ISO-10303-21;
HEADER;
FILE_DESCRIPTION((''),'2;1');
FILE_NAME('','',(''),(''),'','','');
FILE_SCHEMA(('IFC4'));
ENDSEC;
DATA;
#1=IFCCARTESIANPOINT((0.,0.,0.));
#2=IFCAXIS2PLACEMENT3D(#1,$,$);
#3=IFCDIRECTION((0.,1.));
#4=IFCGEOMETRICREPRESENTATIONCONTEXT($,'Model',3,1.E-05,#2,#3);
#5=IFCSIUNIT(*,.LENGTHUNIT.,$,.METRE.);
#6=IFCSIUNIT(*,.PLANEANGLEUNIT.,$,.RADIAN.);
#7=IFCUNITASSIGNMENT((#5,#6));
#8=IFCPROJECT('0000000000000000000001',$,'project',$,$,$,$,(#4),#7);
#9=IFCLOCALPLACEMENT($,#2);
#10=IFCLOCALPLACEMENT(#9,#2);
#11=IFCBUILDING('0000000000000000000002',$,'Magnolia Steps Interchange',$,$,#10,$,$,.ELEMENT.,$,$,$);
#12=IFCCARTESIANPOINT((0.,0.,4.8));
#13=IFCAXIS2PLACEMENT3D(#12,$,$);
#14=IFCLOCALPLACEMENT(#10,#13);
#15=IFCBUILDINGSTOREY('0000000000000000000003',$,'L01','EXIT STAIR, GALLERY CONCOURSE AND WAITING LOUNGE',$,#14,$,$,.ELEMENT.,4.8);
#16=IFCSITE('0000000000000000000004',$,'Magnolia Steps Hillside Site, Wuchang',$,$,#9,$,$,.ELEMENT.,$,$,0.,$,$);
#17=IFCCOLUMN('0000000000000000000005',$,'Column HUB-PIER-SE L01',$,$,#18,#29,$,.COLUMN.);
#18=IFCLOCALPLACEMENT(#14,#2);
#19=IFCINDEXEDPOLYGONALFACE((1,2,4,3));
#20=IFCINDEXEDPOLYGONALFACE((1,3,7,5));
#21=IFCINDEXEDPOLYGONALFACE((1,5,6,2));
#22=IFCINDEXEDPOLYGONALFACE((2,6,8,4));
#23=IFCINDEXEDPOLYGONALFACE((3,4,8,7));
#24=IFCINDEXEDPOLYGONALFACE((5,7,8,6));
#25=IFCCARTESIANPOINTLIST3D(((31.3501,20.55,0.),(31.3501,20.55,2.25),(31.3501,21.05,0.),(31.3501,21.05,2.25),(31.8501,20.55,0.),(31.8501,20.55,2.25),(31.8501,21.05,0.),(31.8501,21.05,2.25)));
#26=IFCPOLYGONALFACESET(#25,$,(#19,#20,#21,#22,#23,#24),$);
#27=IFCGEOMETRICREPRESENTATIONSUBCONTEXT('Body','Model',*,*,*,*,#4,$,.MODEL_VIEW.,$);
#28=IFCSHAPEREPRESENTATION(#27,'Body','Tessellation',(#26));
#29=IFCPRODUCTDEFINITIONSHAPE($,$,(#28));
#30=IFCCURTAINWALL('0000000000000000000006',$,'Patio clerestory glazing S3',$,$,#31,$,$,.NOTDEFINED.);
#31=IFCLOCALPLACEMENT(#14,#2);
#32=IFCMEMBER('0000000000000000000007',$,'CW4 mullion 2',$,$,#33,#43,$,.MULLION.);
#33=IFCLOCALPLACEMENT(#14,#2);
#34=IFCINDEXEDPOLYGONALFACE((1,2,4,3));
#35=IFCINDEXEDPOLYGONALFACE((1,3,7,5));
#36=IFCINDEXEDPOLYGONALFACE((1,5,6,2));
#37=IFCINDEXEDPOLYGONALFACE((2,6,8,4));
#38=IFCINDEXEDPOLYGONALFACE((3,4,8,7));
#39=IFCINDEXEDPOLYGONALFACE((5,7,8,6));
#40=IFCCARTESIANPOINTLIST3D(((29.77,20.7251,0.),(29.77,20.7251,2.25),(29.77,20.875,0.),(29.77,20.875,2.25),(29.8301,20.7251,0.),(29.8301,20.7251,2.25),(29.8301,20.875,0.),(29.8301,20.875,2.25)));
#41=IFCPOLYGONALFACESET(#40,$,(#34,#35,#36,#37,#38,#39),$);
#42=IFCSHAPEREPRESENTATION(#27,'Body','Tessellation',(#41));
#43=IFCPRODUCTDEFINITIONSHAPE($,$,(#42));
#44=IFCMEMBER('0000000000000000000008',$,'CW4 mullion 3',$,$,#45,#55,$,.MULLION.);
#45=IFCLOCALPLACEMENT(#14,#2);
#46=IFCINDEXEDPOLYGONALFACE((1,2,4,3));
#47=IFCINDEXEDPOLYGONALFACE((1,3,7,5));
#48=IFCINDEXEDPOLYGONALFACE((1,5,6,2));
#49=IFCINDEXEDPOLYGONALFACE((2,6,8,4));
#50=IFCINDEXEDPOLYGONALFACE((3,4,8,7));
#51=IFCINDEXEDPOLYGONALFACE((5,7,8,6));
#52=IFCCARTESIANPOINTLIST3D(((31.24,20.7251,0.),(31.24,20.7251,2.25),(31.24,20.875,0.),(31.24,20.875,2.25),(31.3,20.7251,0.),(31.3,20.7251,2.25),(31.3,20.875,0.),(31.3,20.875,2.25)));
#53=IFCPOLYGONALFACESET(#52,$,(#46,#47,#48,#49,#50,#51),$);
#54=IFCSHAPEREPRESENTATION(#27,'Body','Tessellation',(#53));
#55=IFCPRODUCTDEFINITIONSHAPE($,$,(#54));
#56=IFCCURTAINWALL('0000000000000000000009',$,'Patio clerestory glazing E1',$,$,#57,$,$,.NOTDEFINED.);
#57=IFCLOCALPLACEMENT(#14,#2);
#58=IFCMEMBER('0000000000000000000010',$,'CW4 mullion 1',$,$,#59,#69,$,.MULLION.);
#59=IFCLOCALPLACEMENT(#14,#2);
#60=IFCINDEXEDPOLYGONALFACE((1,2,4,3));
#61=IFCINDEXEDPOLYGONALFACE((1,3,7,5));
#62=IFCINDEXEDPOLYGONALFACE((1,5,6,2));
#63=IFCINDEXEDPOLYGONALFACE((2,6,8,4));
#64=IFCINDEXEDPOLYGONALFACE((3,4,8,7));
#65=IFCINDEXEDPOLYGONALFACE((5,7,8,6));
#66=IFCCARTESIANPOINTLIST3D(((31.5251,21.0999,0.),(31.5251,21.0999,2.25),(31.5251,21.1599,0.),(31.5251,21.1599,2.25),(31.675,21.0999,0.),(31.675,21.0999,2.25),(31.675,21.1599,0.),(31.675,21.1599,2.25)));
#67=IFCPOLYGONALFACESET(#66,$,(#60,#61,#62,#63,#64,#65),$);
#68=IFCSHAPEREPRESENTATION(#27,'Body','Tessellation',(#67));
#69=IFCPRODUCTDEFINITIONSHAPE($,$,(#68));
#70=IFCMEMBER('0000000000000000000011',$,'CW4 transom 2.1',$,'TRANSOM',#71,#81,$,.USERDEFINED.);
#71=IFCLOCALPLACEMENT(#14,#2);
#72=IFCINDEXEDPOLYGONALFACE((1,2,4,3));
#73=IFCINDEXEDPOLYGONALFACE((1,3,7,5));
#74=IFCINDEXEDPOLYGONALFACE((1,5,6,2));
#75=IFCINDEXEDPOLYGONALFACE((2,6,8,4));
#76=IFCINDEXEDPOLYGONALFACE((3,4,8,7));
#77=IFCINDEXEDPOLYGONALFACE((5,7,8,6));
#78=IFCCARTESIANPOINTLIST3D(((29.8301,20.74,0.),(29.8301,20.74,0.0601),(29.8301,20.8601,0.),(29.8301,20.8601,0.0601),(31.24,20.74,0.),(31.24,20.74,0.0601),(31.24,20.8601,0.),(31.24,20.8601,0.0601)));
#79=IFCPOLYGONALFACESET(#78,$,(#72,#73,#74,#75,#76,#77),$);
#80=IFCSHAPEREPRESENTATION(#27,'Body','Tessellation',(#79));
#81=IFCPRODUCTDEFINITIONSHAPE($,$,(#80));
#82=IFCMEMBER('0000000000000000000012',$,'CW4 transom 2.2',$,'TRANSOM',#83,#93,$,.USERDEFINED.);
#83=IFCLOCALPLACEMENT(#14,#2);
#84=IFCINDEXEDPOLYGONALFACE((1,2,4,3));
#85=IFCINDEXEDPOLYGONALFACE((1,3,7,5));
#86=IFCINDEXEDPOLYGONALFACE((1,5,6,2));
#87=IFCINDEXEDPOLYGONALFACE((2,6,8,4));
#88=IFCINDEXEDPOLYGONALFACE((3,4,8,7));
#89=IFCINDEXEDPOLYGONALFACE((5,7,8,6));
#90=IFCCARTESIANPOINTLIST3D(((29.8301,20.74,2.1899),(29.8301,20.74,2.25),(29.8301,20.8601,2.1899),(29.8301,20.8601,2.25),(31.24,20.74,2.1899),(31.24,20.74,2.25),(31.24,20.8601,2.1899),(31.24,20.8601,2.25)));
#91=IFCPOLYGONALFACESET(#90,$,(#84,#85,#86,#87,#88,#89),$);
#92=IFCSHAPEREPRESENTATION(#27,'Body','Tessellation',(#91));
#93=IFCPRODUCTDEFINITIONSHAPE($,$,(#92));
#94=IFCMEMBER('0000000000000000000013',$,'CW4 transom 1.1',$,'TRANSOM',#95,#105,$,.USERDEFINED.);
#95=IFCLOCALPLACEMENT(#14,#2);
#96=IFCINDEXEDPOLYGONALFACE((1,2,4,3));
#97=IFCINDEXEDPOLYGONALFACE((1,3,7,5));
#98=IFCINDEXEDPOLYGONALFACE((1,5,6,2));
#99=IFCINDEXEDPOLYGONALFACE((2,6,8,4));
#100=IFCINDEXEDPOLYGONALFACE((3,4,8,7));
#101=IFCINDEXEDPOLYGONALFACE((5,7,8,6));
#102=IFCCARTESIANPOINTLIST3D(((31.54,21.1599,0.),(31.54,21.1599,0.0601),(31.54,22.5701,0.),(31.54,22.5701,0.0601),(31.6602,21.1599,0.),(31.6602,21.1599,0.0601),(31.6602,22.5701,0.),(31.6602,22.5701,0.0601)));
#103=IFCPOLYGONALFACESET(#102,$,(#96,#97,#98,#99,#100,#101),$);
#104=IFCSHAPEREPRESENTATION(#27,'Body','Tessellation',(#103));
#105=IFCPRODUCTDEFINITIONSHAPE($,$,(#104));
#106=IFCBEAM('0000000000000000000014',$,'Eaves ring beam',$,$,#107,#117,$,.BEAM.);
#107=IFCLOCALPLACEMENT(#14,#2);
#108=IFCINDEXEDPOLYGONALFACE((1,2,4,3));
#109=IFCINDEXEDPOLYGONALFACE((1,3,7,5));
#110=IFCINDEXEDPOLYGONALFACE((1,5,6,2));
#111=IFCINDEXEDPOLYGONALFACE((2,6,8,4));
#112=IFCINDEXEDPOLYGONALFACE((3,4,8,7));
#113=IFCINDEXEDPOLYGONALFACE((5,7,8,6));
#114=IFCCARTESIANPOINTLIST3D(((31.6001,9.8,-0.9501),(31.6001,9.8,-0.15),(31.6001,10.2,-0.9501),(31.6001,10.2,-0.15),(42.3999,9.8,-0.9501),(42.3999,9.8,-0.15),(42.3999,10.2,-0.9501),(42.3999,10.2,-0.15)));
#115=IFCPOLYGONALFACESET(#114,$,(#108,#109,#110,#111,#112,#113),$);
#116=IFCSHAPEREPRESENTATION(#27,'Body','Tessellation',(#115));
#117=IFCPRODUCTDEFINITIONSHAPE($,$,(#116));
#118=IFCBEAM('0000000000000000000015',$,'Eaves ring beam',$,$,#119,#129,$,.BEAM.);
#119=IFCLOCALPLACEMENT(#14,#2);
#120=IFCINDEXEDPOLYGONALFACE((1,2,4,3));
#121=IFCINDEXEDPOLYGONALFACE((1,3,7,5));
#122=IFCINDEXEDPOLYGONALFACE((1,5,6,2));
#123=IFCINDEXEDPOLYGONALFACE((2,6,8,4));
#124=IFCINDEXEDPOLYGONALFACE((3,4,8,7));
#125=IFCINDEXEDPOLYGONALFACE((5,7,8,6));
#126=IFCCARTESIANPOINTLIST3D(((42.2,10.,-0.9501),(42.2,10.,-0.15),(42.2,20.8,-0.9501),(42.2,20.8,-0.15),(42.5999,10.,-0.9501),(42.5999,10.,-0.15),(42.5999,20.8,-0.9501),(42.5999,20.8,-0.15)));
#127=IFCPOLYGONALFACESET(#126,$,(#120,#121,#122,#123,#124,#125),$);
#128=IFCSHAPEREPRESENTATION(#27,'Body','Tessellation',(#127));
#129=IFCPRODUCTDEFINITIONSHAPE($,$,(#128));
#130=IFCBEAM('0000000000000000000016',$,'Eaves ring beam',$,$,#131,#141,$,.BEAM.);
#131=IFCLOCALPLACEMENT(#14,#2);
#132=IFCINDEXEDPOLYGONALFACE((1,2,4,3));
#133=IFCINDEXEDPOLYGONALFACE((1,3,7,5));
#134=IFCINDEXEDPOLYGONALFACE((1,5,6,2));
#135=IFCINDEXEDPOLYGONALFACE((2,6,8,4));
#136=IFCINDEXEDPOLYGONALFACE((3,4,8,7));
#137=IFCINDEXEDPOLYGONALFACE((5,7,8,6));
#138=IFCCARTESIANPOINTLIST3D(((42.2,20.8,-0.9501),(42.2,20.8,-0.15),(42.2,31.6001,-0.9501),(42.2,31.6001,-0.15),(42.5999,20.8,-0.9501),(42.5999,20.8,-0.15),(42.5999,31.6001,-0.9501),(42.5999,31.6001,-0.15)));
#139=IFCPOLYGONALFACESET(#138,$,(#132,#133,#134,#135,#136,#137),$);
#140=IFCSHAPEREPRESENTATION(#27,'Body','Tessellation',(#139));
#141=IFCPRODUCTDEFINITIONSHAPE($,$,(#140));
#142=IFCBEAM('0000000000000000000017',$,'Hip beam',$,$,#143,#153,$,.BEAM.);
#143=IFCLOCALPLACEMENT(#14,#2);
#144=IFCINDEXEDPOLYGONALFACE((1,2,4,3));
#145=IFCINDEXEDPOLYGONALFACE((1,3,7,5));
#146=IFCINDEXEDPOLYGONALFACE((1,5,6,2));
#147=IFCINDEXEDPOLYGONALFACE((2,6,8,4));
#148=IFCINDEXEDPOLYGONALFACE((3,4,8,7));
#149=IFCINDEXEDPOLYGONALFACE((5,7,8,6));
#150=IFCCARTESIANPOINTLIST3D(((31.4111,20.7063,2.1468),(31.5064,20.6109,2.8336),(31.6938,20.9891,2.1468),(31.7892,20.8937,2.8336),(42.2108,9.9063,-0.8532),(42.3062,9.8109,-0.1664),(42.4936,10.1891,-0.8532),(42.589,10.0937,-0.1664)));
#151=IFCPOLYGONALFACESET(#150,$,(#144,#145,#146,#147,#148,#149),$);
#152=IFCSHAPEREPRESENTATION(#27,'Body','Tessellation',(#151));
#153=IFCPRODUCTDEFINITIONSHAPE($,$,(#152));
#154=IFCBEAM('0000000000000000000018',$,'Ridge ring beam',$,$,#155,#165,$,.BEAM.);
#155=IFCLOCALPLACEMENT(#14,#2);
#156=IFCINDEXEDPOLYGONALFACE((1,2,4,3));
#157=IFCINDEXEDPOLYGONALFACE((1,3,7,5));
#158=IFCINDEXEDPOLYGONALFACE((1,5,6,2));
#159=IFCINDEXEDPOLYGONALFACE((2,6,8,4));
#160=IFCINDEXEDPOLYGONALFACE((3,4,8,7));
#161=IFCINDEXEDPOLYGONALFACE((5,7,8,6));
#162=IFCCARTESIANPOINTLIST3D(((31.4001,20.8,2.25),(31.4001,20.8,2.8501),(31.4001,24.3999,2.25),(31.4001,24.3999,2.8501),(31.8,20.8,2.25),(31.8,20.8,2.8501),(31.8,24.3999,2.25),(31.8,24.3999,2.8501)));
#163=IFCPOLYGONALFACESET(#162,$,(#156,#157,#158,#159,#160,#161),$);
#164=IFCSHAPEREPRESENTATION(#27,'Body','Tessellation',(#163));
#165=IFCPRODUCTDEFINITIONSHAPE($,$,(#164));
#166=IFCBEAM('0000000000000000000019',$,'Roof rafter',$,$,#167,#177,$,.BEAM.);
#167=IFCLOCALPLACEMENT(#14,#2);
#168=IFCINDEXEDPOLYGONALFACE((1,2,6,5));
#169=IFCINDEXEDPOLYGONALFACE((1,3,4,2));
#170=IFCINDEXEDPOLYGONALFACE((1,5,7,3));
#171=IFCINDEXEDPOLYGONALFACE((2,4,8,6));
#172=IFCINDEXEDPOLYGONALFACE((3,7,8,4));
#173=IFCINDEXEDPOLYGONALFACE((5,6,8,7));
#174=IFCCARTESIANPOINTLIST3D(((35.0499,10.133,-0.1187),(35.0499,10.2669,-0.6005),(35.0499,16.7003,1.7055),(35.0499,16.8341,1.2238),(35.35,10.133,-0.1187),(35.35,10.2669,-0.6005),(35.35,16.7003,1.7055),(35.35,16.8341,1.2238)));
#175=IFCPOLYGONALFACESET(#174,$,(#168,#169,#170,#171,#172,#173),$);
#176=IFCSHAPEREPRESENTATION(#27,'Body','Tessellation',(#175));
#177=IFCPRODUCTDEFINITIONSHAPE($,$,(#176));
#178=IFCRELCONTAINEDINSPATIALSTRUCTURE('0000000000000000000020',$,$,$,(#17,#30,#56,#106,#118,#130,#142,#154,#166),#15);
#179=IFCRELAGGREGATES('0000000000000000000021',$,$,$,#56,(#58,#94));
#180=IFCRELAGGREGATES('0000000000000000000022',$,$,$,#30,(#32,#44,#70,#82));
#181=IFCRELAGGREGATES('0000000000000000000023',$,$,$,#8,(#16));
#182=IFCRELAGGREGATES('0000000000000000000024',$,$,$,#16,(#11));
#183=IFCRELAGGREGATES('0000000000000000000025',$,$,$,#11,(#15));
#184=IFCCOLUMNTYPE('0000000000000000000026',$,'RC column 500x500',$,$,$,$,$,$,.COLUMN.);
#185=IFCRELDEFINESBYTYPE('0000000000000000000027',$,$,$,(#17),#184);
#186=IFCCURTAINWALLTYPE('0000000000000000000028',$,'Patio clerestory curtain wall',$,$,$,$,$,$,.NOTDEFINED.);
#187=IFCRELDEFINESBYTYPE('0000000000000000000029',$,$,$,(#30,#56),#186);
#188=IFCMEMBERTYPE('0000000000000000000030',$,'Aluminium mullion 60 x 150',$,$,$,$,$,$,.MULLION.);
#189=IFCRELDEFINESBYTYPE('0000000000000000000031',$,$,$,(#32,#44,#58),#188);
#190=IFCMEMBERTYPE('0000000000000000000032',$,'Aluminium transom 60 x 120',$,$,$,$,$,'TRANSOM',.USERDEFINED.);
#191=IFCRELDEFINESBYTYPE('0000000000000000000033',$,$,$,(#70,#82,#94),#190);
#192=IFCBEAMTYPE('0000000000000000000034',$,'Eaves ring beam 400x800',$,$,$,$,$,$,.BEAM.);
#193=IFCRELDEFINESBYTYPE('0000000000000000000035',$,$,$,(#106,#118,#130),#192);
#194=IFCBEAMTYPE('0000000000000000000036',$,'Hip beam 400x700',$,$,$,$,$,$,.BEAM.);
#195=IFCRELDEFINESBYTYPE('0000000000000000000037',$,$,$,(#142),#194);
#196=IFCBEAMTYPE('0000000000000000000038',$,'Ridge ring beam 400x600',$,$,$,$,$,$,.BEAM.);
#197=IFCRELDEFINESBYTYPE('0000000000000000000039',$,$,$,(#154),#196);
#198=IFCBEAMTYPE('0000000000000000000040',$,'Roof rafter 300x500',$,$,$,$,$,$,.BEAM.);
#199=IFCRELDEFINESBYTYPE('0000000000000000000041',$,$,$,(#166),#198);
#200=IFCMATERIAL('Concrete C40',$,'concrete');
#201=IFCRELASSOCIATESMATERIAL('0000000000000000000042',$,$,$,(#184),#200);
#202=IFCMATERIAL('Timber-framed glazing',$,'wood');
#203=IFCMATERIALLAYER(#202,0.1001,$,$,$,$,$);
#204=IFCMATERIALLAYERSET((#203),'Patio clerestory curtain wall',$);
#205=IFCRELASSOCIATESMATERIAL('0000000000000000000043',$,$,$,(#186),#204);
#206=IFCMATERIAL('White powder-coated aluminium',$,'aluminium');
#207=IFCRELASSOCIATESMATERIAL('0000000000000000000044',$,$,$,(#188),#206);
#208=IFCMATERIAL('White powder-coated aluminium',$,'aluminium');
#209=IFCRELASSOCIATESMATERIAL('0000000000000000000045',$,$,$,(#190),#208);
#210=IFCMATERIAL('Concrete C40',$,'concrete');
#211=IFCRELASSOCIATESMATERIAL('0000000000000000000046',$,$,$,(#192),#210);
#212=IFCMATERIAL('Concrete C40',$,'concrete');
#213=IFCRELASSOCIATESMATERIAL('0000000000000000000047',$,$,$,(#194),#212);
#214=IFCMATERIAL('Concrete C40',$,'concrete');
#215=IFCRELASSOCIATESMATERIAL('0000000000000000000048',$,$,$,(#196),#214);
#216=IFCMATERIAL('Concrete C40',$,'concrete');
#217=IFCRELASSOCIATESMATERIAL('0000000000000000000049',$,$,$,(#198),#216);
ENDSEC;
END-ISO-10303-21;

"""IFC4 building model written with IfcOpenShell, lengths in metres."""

from ifc_helpers import new_model, si_unit, direction, frame, origin, origin_2d, place, context, subcontext, project, spatial, rectangle, extrude, material, layer, layer_set, material_profile, profile_set, type_object, element, aggregate, save


model = new_model("IFC4")

# Units and contexts
model_context = context("Model", 3, precision=1e-05, world=origin(), true_north=direction((0.0, 1.0)))
body_context = subcontext(model_context, "Body", "Model", "MODEL_VIEW")
ifc_project = project(units=[si_unit("LENGTHUNIT", "METRE"), si_unit("PLANEANGLEUNIT", "RADIAN")], contexts=[model_context])

# Site, building, storey
site_placement = place(None, origin())
site = spatial("IfcSite", under=ifc_project, at=site_placement, Name="Magnolia Steps Hillside Site, Wuchang", CompositionType="ELEMENT", RefElevation=0.0)
building_placement = place(site_placement, origin())
building = spatial("IfcBuilding", under=site, at=building_placement, Name="Magnolia Steps Interchange", CompositionType="ELEMENT")
storey_placement = place(building_placement, frame((0.0, 0.0, 4.8)))
storey = spatial("IfcBuildingStorey", under=building, at=storey_placement, Name="L01", Description="EXIT STAIR, GALLERY CONCOURSE AND WAITING LOUNGE", CompositionType="ELEMENT", Elevation=4.8)

# Column
ifc_material_1 = material(Name="Concrete C40", Category="concrete")
ifc_material_profile_1 = material_profile(ifc_material_1, rectangle(XDim=0.5, YDim=0.5, at=origin_2d()), Name="RC500x500")
ifc_profile_set_1 = profile_set([ifc_material_profile_1], Name="Concrete C40")
column_type = type_object("IfcColumnType", Name="RC column 500x500", PredefinedType="COLUMN", material=ifc_profile_set_1)
column_placement = place(storey_placement, frame((31.6001, 20.8, 0.0), z_axis=(0.0, 0.0, 1.0), x_axis=(1.0, 0.0, 0.0)))
element("IfcColumn", 1, at=column_placement, inside=storey, type_object=column_type, Name="Column HUB-PIER-SE L01", PredefinedType="COLUMN", context=body_context, shape_type="SweptSolid", body=[
    extrude(rectangle(XDim=0.5, YDim=0.5, at=origin_2d()), origin(), (0.0, 0.0, 1.0), 2.25),
])

# Curtain wall, members
ifc_material_2 = material(Name="Timber-framed glazing", Category="wood")
ifc_layer_1 = layer(ifc_material_2, 0.1001)
ifc_layer_set_1 = layer_set([ifc_layer_1], Name="Patio clerestory curtain wall")
curtain_wall_type = type_object("IfcCurtainWallType", Name="Patio clerestory curtain wall", PredefinedType="NOTDEFINED", material=ifc_layer_set_1)
curtain_wall_1_placement = place(storey_placement, origin())
curtain_wall_1 = element("IfcCurtainWall", 2, at=curtain_wall_1_placement, inside=storey, type_object=curtain_wall_type, Name="Patio clerestory glazing S3", PredefinedType="NOTDEFINED")
ifc_material_3 = material(Name="White powder-coated aluminium", Category="aluminium")
ifc_material_profile_2 = material_profile(ifc_material_3, rectangle(XDim=0.0601, YDim=0.1499, at=origin_2d()), Name="Aluminium mullion 60 x 150")
ifc_profile_set_2 = profile_set([ifc_material_profile_2], Name="White powder-coated aluminium")
member_type_1 = type_object("IfcMemberType", Name="Aluminium mullion 60 x 150", PredefinedType="MULLION", material=ifc_profile_set_2)
member_1_placement = place(storey_placement, frame((29.8, 20.8, 0.0), z_axis=(0.0, 0.0, 1.0), x_axis=(1.0, 0.0, 0.0)))
member_1 = element("IfcMember", 3, at=member_1_placement, type_object=member_type_1, Name="CW4 mullion 2", PredefinedType="MULLION", context=body_context, shape_type="SweptSolid", body=[
    extrude(rectangle(XDim=0.0601, YDim=0.1499, at=origin_2d()), origin(), (0.0, 0.0, 1.0), 2.25),
])
member_2_placement = place(storey_placement, frame((31.27, 20.8, 0.0), z_axis=(0.0, 0.0, 1.0), x_axis=(1.0, 0.0, 0.0)))
member_2 = element("IfcMember", 4, at=member_2_placement, type_object=member_type_1, Name="CW4 mullion 3", PredefinedType="MULLION", context=body_context, shape_type="SweptSolid", body=[
    extrude(rectangle(XDim=0.0601, YDim=0.1499, at=origin_2d()), origin(), (0.0, 0.0, 1.0), 2.25),
])

# Curtain wall, member
curtain_wall_2_placement = place(storey_placement, origin())
curtain_wall_2 = element("IfcCurtainWall", 5, at=curtain_wall_2_placement, inside=storey, type_object=curtain_wall_type, Name="Patio clerestory glazing E1", PredefinedType="NOTDEFINED")
member_3_placement = place(storey_placement, frame((31.6001, 21.1299, 0.0), z_axis=(0.0, 0.0, 1.0), x_axis=(0.0, 1.0, 0.0)))
member_3 = element("IfcMember", 6, at=member_3_placement, type_object=member_type_1, Name="CW4 mullion 1", PredefinedType="MULLION", context=body_context, shape_type="SweptSolid", body=[
    extrude(rectangle(XDim=0.0601, YDim=0.1499, at=origin_2d()), origin(), (0.0, 0.0, 1.0), 2.25),
])

# Members
ifc_material_4 = material(Name="White powder-coated aluminium", Category="aluminium")
ifc_material_profile_3 = material_profile(ifc_material_4, rectangle(XDim=0.0601, YDim=0.1201, at=origin_2d()), Name="Aluminium transom 60 x 120")
ifc_profile_set_3 = profile_set([ifc_material_profile_3], Name="White powder-coated aluminium")
member_type_2 = type_object("IfcMemberType", Name="Aluminium transom 60 x 120", ElementType="TRANSOM", PredefinedType="USERDEFINED", material=ifc_profile_set_3)
member_4_placement = place(storey_placement, frame((29.8301, 20.8, 0.03), z_axis=(1.0, 0.0, 0.0), x_axis=(0.0, 0.0, 1.0)))
member_4 = element("IfcMember", 7, at=member_4_placement, type_object=member_type_2, Name="CW4 transom 2.1", ObjectType="TRANSOM", PredefinedType="USERDEFINED", context=body_context, shape_type="SweptSolid", body=[
    extrude(rectangle(XDim=0.0601, YDim=0.1201, at=origin_2d()), origin(), (0.0, 0.0, 1.0), 1.4099),
])
member_5_placement = place(storey_placement, frame((29.8301, 20.8, 2.22), z_axis=(1.0, 0.0, 0.0), x_axis=(0.0, 0.0, 1.0)))
member_5 = element("IfcMember", 8, at=member_5_placement, type_object=member_type_2, Name="CW4 transom 2.2", ObjectType="TRANSOM", PredefinedType="USERDEFINED", context=body_context, shape_type="SweptSolid", body=[
    extrude(rectangle(XDim=0.0601, YDim=0.1201, at=origin_2d()), origin(), (0.0, 0.0, 1.0), 1.4099),
])
member_6_placement = place(storey_placement, frame((31.6001, 21.1599, 0.03), z_axis=(0.0, 1.0, 0.0), x_axis=(0.0, 0.0, 1.0)))
member_6 = element("IfcMember", 9, at=member_6_placement, type_object=member_type_2, Name="CW4 transom 1.1", ObjectType="TRANSOM", PredefinedType="USERDEFINED", context=body_context, shape_type="SweptSolid", body=[
    extrude(rectangle(XDim=0.0601, YDim=0.1201, at=origin_2d()), origin(), (0.0, 0.0, 1.0), 1.4102),
])
aggregate(curtain_wall_2, [member_3, member_6])

# Beams
ifc_material_5 = material(Name="Concrete C40", Category="concrete")
ifc_material_profile_4 = material_profile(ifc_material_5, rectangle(XDim=0.3999, YDim=0.8, at=origin_2d()), Name="RC400x800")
ifc_profile_set_4 = profile_set([ifc_material_profile_4], Name="Concrete C40")
beam_type_1 = type_object("IfcBeamType", Name="Eaves ring beam 400x800", PredefinedType="BEAM", material=ifc_profile_set_4)
beam_1_placement = place(storey_placement, frame((31.6001, 10.0, -0.55), z_axis=(1.0, 0.0, 0.0), x_axis=(0.0, 1.0, 0.0)))
element("IfcBeam", 10, at=beam_1_placement, inside=storey, type_object=beam_type_1, Name="Eaves ring beam", PredefinedType="BEAM", context=body_context, shape_type="SweptSolid", body=[
    extrude(rectangle(XDim=0.3999, YDim=0.8, at=origin_2d()), origin(), (0.0, 0.0, 1.0), 10.7998),
])
for number, where, z_axis, x_axis, name in (
    (11, (42.3999, 10.0, -0.55), (0.0, 1.0, 0.0), (-1.0, 0.0, 0.0), "Eaves ring beam"),
    (12, (42.3999, 20.8, -0.55), (0.0, 1.0, 0.0), (-1.0, 0.0, 0.0), "Eaves ring beam"),
):
    element("IfcBeam", number, at=place(storey_placement, frame(where, z_axis=z_axis, x_axis=x_axis)), inside=storey, type_object=beam_type_1, Name=name, PredefinedType="BEAM", context=body_context, shape_type="SweptSolid", body=[
        extrude(rectangle(XDim=0.3999, YDim=0.8, at=origin_2d()), origin(), (0.0, 0.0, 1.0), 10.8),
    ])
ifc_material_6 = material(Name="Concrete C40", Category="concrete")
ifc_material_profile_5 = material_profile(ifc_material_6, rectangle(XDim=0.3999, YDim=0.7, at=origin_2d()), Name="RC400x700")
ifc_profile_set_5 = profile_set([ifc_material_profile_5], Name="Concrete C40")
beam_type_2 = type_object("IfcBeamType", Name="Hip beam 400x700", PredefinedType="BEAM", material=ifc_profile_set_5)
beam_2_placement = place(storey_placement, frame((42.3999, 10.0, -0.5098), z_axis=(-0.693841, 0.693857, 0.192737), x_axis=(-0.707115, -0.707099, 0.0)))
element("IfcBeam", 13, at=beam_2_placement, inside=storey, type_object=beam_type_2, Name="Hip beam", PredefinedType="BEAM", context=body_context, shape_type="SweptSolid", body=[
    extrude(rectangle(XDim=0.3999, YDim=0.7, at=origin_2d()), origin(), (0.0, 0.0, 1.0), 15.5652),
])
ifc_material_7 = material(Name="Concrete C40", Category="concrete")
ifc_material_profile_6 = material_profile(ifc_material_7, rectangle(XDim=0.3999, YDim=0.6001, at=origin_2d()), Name="RC400x600")
ifc_profile_set_6 = profile_set([ifc_material_profile_6], Name="Concrete C40")
beam_type_3 = type_object("IfcBeamType", Name="Ridge ring beam 400x600", PredefinedType="BEAM", material=ifc_profile_set_6)
beam_3_placement = place(storey_placement, frame((31.6001, 20.8, 2.55), z_axis=(0.0, 1.0, 0.0), x_axis=(-1.0, 0.0, 0.0)))
element("IfcBeam", 14, at=beam_3_placement, inside=storey, type_object=beam_type_3, Name="Ridge ring beam", PredefinedType="BEAM", context=body_context, shape_type="SweptSolid", body=[
    extrude(rectangle(XDim=0.3999, YDim=0.6001, at=origin_2d()), origin(), (0.0, 0.0, 1.0), 3.5999),
])
ifc_material_8 = material(Name="Concrete C40", Category="concrete")
ifc_material_profile_7 = material_profile(ifc_material_8, rectangle(XDim=0.3, YDim=0.5, at=origin_2d()), Name="RC300x500")
ifc_profile_set_7 = profile_set([ifc_material_profile_7], Name="Concrete C40")
beam_type_4 = type_object("IfcBeamType", Name="Roof rafter 300x500", PredefinedType="BEAM", material=ifc_profile_set_7)
beam_4_placement = place(storey_placement, frame((35.2, 10.2, -0.3596), z_axis=(0.0, 0.963517, 0.267646), x_axis=(-1.0, 0.0, 0.0)))
element("IfcBeam", 15, at=beam_4_placement, inside=storey, type_object=beam_type_4, Name="Roof rafter", PredefinedType="BEAM", context=body_context, shape_type="SweptSolid", body=[
    extrude(rectangle(XDim=0.3, YDim=0.5, at=origin_2d()), origin(), (0.0, 0.0, 1.0), 6.8159),
])

aggregate(curtain_wall_1, [member_1, member_2, member_4, member_5])

save(model, "model.ifc")
